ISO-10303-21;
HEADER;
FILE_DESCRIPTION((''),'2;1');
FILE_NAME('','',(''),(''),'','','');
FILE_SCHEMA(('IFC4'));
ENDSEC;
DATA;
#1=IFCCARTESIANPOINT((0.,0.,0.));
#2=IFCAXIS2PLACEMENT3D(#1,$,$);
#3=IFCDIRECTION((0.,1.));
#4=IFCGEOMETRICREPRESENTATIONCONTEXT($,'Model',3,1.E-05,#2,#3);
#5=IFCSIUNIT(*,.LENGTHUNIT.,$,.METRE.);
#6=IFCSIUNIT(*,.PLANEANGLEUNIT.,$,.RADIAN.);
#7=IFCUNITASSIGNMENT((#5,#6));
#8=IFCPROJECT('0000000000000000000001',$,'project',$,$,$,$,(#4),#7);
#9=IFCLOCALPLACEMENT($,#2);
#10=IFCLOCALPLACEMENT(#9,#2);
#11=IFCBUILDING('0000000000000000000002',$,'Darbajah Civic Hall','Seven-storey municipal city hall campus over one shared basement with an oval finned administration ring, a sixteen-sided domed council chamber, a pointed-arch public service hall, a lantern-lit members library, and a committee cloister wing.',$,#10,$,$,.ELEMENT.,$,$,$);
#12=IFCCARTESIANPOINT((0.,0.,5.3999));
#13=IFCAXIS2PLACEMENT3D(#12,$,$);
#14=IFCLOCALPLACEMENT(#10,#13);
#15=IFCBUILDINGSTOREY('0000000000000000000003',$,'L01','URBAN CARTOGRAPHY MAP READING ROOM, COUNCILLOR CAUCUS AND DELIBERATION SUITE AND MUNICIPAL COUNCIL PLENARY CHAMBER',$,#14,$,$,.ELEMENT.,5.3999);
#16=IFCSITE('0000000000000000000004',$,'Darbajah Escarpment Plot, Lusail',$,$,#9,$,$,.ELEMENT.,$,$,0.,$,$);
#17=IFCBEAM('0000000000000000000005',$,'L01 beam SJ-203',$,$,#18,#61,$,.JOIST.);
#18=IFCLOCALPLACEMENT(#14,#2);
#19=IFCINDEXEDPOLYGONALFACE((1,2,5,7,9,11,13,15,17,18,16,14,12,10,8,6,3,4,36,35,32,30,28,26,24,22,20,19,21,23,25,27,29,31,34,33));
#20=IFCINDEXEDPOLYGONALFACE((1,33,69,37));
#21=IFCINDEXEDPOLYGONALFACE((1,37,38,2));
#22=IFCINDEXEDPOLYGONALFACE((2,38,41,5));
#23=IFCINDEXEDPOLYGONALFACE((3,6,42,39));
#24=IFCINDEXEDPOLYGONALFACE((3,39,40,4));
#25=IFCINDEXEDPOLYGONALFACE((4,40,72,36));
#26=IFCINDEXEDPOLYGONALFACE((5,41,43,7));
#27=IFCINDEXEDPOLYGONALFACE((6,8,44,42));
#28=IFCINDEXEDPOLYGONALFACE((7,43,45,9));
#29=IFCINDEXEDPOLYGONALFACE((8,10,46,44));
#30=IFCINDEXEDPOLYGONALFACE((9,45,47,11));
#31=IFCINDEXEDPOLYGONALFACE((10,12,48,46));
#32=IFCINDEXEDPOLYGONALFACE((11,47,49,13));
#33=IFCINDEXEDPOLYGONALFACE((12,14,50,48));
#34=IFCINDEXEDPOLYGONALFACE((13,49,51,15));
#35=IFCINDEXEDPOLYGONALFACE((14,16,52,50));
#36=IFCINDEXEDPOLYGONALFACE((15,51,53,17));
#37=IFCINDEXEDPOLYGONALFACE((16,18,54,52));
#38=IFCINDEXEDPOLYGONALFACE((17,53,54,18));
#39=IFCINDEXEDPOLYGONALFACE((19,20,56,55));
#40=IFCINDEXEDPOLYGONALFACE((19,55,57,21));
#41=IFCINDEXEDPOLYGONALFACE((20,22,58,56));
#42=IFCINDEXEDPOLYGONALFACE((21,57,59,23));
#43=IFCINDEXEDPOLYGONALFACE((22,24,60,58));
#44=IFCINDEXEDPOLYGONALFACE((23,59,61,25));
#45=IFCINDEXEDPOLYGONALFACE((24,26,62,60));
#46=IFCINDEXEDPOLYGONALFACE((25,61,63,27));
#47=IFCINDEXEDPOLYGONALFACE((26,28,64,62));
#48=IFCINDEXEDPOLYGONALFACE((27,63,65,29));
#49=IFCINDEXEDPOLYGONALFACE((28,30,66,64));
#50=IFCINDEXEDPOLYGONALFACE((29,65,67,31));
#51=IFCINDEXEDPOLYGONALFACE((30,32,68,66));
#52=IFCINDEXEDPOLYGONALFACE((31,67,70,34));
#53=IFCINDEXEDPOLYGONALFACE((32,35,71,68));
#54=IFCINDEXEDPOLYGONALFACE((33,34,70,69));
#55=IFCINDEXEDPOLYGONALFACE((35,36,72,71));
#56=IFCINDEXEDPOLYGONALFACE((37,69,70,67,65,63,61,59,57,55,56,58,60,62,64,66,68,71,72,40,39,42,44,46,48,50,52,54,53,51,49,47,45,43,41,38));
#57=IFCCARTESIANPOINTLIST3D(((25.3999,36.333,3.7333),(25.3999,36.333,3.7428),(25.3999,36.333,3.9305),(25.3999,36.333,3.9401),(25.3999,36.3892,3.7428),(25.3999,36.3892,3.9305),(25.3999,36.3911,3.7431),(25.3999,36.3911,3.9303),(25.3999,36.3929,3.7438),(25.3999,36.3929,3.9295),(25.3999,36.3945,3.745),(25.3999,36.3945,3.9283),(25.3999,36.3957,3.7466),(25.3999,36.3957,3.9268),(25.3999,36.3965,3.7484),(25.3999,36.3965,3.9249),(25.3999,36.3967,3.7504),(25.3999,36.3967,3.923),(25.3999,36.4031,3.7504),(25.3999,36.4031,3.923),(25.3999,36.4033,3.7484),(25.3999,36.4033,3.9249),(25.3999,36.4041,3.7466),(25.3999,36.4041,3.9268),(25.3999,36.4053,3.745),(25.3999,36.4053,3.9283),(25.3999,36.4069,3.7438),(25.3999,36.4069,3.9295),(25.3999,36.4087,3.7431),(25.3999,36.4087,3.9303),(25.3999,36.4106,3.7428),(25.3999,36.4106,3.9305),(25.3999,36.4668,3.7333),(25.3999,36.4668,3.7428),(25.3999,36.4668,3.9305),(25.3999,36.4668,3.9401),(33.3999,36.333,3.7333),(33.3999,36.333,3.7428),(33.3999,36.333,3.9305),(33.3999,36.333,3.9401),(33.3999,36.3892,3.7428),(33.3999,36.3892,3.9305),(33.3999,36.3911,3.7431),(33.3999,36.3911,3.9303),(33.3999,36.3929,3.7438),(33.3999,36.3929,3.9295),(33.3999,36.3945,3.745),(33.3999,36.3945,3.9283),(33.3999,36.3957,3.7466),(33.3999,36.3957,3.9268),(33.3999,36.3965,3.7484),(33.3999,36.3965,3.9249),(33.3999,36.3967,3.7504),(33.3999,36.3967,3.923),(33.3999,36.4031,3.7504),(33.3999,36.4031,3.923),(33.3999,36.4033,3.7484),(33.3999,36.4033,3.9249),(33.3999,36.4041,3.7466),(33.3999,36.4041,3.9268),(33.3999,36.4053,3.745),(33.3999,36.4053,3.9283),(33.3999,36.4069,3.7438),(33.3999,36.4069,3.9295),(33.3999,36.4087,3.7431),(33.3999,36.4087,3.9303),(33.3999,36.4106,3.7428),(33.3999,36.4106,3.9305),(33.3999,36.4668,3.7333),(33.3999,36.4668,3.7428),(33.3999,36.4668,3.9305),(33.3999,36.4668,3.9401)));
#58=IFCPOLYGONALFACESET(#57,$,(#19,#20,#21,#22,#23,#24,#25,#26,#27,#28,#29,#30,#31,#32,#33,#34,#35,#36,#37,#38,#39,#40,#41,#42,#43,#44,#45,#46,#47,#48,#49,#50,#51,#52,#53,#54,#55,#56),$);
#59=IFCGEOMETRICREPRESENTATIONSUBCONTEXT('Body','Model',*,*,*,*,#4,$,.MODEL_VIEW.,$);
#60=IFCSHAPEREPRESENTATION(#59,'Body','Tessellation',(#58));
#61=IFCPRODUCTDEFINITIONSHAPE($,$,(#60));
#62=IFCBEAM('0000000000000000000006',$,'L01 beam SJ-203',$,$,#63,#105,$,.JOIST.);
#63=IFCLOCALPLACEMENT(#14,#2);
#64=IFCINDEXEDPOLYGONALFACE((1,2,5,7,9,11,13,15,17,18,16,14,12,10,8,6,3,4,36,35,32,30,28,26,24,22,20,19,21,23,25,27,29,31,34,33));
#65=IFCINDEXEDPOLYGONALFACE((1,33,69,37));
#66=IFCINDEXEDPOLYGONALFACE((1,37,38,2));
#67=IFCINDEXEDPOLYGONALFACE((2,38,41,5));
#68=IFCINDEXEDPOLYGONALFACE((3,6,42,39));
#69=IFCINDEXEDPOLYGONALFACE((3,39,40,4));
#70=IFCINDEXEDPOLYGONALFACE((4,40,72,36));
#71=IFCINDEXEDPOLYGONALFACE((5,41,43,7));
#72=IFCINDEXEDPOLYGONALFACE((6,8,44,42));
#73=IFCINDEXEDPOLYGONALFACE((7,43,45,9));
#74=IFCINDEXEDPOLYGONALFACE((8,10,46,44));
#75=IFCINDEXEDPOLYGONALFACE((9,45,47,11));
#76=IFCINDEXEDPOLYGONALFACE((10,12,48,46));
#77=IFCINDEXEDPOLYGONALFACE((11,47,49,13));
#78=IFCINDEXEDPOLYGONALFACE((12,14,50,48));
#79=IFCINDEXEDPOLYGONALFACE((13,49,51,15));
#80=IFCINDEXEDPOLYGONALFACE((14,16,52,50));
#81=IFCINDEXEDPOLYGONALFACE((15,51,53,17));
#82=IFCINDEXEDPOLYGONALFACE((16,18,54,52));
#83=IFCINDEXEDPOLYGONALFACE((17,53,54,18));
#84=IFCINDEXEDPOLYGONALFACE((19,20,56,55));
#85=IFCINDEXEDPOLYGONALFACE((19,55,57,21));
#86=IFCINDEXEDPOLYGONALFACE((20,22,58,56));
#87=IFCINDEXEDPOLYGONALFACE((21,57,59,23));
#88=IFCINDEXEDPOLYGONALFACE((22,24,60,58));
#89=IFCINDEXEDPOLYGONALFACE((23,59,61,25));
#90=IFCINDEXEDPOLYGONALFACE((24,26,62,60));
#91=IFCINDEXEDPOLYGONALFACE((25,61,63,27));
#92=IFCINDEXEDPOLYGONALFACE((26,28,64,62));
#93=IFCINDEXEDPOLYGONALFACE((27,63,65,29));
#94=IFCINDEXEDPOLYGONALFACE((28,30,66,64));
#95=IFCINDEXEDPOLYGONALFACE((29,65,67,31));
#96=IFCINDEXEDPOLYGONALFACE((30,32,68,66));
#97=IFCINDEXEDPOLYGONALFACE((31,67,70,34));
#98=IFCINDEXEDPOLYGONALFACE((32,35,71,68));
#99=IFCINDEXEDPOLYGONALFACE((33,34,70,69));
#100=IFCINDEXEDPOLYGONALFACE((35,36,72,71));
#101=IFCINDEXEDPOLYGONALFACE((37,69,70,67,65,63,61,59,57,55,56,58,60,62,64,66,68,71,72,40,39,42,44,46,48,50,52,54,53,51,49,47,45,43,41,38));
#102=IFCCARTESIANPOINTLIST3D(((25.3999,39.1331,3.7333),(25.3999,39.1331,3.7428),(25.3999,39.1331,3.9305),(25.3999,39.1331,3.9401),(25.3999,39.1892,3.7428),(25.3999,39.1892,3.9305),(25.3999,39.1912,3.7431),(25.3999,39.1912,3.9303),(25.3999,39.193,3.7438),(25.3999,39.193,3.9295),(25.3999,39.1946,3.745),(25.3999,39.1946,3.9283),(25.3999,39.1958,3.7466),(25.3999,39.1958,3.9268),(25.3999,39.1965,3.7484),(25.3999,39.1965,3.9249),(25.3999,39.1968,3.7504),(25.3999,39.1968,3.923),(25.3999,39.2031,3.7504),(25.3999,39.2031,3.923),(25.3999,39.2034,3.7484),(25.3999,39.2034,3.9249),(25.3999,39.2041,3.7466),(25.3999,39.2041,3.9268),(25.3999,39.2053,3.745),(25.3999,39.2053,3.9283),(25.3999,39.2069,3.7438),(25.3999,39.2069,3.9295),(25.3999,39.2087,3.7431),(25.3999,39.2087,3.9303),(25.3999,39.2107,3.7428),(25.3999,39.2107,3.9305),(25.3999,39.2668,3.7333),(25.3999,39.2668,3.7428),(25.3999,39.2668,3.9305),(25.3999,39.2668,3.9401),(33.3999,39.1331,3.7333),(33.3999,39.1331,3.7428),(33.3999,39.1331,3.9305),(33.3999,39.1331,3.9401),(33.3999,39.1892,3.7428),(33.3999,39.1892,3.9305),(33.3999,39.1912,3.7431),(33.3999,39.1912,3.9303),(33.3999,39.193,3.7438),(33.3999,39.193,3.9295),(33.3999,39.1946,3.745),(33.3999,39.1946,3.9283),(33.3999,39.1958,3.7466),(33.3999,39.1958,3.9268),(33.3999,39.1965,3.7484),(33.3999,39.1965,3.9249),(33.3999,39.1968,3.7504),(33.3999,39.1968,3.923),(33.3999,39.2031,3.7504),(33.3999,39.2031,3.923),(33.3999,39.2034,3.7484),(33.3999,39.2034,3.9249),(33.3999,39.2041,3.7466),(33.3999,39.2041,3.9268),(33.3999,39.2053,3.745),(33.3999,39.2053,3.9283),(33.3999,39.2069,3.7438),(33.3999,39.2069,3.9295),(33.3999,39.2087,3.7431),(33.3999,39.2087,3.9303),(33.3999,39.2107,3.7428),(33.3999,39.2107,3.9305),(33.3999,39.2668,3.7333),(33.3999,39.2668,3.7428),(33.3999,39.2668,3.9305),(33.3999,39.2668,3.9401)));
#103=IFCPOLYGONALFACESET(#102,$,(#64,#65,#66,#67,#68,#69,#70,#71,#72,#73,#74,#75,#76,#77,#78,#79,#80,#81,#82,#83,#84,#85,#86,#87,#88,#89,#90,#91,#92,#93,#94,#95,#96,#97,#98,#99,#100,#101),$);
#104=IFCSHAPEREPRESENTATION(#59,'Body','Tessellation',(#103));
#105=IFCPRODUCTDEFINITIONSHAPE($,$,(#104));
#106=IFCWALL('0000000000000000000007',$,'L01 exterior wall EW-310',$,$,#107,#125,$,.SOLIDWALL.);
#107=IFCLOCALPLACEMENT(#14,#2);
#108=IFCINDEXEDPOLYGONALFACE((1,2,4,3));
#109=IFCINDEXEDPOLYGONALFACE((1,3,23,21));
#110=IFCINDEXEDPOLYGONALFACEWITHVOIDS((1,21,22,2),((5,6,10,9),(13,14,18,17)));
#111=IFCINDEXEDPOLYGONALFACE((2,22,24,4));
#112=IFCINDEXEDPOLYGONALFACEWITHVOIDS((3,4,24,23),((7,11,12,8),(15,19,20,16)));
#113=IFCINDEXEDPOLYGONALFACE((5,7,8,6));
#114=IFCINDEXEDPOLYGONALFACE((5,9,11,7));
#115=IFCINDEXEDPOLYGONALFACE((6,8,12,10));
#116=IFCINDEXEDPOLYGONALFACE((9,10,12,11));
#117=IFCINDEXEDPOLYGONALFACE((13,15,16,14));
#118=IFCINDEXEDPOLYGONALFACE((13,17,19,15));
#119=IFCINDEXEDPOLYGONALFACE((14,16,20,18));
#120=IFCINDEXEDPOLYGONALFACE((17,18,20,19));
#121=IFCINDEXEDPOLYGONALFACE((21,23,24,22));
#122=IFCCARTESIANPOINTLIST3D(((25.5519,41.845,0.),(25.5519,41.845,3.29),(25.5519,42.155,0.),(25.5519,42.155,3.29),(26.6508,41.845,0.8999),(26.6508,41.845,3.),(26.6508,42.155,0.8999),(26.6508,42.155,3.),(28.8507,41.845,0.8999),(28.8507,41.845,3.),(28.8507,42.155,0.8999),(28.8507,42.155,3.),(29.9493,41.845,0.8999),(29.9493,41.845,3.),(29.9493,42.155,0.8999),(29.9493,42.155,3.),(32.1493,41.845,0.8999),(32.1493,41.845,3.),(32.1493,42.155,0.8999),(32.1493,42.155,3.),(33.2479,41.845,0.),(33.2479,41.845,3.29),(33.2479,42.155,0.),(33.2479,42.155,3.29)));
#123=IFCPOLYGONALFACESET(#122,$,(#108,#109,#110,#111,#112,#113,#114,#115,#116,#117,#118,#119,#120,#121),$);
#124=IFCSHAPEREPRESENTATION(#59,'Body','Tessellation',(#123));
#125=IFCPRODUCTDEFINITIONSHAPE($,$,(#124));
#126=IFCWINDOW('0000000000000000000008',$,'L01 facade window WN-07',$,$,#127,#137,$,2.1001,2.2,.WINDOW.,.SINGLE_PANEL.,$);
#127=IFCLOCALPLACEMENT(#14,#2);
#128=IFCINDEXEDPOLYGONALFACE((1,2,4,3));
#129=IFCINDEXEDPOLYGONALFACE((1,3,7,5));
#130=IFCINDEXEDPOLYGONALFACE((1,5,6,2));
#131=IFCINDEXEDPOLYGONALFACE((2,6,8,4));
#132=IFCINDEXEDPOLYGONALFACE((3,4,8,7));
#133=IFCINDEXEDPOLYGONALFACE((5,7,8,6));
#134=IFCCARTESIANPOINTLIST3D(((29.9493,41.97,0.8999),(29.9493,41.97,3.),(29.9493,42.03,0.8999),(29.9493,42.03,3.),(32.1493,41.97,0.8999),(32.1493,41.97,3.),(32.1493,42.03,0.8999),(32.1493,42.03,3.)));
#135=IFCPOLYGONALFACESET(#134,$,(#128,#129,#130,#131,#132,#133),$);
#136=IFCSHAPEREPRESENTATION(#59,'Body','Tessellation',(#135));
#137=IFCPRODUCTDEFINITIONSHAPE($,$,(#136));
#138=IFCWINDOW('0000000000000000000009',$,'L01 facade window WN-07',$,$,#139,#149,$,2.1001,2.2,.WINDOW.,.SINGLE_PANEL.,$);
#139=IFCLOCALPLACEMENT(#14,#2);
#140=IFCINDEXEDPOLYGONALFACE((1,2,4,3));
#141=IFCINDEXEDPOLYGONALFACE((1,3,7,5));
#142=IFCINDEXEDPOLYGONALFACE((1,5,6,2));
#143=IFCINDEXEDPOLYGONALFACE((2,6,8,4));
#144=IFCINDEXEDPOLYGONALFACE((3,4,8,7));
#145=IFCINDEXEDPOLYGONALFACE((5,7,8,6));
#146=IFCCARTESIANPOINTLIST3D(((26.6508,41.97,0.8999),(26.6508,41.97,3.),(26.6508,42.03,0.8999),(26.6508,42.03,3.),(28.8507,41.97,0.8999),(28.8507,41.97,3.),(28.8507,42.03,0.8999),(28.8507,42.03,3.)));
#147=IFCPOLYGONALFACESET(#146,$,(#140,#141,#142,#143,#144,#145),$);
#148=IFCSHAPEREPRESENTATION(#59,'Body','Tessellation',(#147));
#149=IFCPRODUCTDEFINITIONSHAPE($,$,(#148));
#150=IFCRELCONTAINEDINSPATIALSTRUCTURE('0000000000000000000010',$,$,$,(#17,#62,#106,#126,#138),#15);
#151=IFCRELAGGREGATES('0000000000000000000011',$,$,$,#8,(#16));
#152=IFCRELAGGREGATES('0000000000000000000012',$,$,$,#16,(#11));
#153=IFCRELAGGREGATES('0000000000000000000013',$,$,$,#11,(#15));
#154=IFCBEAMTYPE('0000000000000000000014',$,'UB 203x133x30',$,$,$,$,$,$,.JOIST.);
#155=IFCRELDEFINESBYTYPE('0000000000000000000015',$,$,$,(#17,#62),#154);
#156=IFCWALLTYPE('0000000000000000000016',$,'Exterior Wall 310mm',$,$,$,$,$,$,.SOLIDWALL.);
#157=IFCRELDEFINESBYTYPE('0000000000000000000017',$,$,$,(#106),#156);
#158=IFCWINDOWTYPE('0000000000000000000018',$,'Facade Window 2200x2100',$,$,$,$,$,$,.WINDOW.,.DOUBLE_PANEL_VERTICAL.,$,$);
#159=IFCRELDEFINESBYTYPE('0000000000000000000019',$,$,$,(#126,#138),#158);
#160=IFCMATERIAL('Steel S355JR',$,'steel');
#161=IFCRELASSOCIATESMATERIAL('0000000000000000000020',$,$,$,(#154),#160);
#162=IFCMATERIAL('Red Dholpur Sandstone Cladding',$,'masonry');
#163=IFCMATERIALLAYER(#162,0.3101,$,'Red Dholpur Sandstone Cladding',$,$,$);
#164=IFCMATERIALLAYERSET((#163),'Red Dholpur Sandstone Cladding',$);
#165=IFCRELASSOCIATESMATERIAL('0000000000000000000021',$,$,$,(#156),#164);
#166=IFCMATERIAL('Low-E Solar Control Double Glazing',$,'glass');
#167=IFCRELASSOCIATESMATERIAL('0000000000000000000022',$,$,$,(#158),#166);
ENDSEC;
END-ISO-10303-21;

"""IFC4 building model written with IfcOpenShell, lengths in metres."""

from ifc_helpers import new_model, si_unit, direction, frame, frame_2d, origin, origin_2d, place, context, subcontext, project, spatial, rectangle, i_section, extrude, material, layer, layer_set, material_profile, profile_set, type_object, element, fill, save


model = new_model("IFC4")

# Units and contexts
model_context = context("Model", 3, precision=1e-05, world=origin(), true_north=direction((0.0, 1.0)))
body_context = subcontext(model_context, "Body", "Model", "MODEL_VIEW")
ifc_project = project(units=[si_unit("LENGTHUNIT", "METRE"), si_unit("PLANEANGLEUNIT", "RADIAN")], contexts=[model_context])

# Site, building, storey
site_placement = place(None, origin())
site = spatial("IfcSite", under=ifc_project, at=site_placement, Name="Darbajah Escarpment Plot, Lusail", CompositionType="ELEMENT", RefElevation=0.0)
building_placement = place(site_placement, origin())
building = spatial("IfcBuilding", under=site, at=building_placement, Name="Darbajah Civic Hall", Description="Seven-storey municipal city hall campus over one shared basement with an oval finned administration ring, a sixteen-sided domed council chamber, a pointed-arch public service hall, a lantern-lit members library, and a committee cloister wing.", CompositionType="ELEMENT")
storey_placement = place(building_placement, frame((0.0, 0.0, 5.3999)))
storey = spatial("IfcBuildingStorey", under=building, at=storey_placement, Name="L01", Description="URBAN CARTOGRAPHY MAP READING ROOM, COUNCILLOR CAUCUS AND DELIBERATION SUITE AND MUNICIPAL COUNCIL PLENARY CHAMBER", CompositionType="ELEMENT", Elevation=5.3999)

# Beams
ifc_material_1 = material(Name="Steel S355JR", Category="steel")
ifc_material_profile_1 = material_profile(ifc_material_1, i_section(OverallWidth=0.1338, OverallDepth=0.2068, WebThickness=0.0063, FlangeThickness=0.0095, FilletRadius=0.0076, at=origin_2d()), Name="UB 203x133x30")
ifc_profile_set_1 = profile_set([ifc_material_profile_1], Name="Steel S355JR")
beam_type_1 = type_object("IfcBeamType", Name="UB 203x133x30", PredefinedType="JOIST", material=ifc_profile_set_1)
for number, where, z_axis, x_axis, name in (
    (1, (25.3999, 36.3999, 3.8367), (1.0, 0.0, 0.0), (0.0, 1.0, 0.0), "L01 beam SJ-203"),
    (2, (25.3999, 39.2, 3.8367), (1.0, 0.0, 0.0), (0.0, 1.0, 0.0), "L01 beam SJ-203"),
):
    element("IfcBeam", number, at=place(storey_placement, frame(where, z_axis=z_axis, x_axis=x_axis)), inside=storey, type_object=beam_type_1, Name=name, PredefinedType="JOIST", context=body_context, shape_type="SweptSolid", body=[
        extrude(i_section(OverallWidth=0.1338, OverallDepth=0.2068, WebThickness=0.0063, FlangeThickness=0.0095, FilletRadius=0.0076, at=origin_2d()), origin(), (0.0, 0.0, 1.0), 8.0),
    ])

# Wall, openings, windows
ifc_material_2 = material(Name="Red Dholpur Sandstone Cladding", Category="masonry")
ifc_layer = layer(ifc_material_2, 0.3101, Name="Red Dholpur Sandstone Cladding")
ifc_layer_set = layer_set([ifc_layer], Name="Red Dholpur Sandstone Cladding")
wall_type = type_object("IfcWallType", Name="Exterior Wall 310mm", PredefinedType="SOLIDWALL", material=ifc_layer_set)
wall_1_placement = place(storey_placement, frame((33.248, 42.0, 0.0), z_axis=(0.0, 0.0, 1.0), x_axis=(-1.0, 0.0, 0.0)))
wall_1 = element("IfcWall", 3, at=wall_1_placement, inside=storey, type_object=wall_type, Name="L01 exterior wall EW-310", PredefinedType="SOLIDWALL", context=body_context, shape_type="SweptSolid", body=[
    extrude(rectangle(XDim=7.696, YDim=0.3101, at=frame_2d((3.8481, 0.0))), origin(), (0.0, 0.0, 1.0), 3.29),
])
opening_1_placement = place(wall_1_placement, frame((1.0986, 0.0, 0.8999)))
opening_1 = element("IfcOpeningElement", 4, at=opening_1_placement, cuts=wall_1, PredefinedType="OPENING", context=body_context, shape_type="SweptSolid", body=[
    extrude(rectangle(XDim=2.2, YDim=2.1001, at=frame_2d((1.1001, 1.05))), frame((0.0, 0.165, 0.0), z_axis=(0.0, -1.0, 0.0), x_axis=(1.0, 0.0, 0.0)), (0.0, 0.0, 1.0), 0.3301),
])
opening_2_placement = place(wall_1_placement, frame((4.3972, 0.0, 0.8999)))
opening_2 = element("IfcOpeningElement", 5, at=opening_2_placement, cuts=wall_1, PredefinedType="OPENING", context=body_context, shape_type="SweptSolid", body=[
    extrude(rectangle(XDim=2.2, YDim=2.1001, at=frame_2d((1.1001, 1.05))), frame((0.0, 0.165, 0.0), z_axis=(0.0, -1.0, 0.0), x_axis=(1.0, 0.0, 0.0)), (0.0, 0.0, 1.0), 0.3301),
])
ifc_material_3 = material(Name="Low-E Solar Control Double Glazing", Category="glass")
window_type_1 = type_object("IfcWindowType", Name="Facade Window 2200x2100", PartitioningType="DOUBLE_PANEL_VERTICAL", PredefinedType="WINDOW", material=ifc_material_3)
window_1_placement = place(opening_1_placement, origin())
window_1 = element("IfcWindow", 6, at=window_1_placement, inside=storey, type_object=window_type_1, Name="L01 facade window WN-07", OverallHeight=2.1001, OverallWidth=2.2, PartitioningType="SINGLE_PANEL", PredefinedType="WINDOW", context=body_context, shape_type="SweptSolid", body=[
    extrude(rectangle(XDim=2.2, YDim=2.1001, at=frame_2d((1.1001, 1.05))), frame((0.0, 0.03, 0.0), z_axis=(0.0, -1.0, 0.0), x_axis=(1.0, 0.0, 0.0)), (0.0, 0.0, 1.0), 0.0601),
])
fill(opening_1, window_1)
window_2_placement = place(opening_2_placement, origin())
window_2 = element("IfcWindow", 7, at=window_2_placement, inside=storey, type_object=window_type_1, Name="L01 facade window WN-07", OverallHeight=2.1001, OverallWidth=2.2, PartitioningType="SINGLE_PANEL", PredefinedType="WINDOW", context=body_context, shape_type="SweptSolid", body=[
    extrude(rectangle(XDim=2.2, YDim=2.1001, at=frame_2d((1.1001, 1.05))), frame((0.0, 0.03, 0.0), z_axis=(0.0, -1.0, 0.0), x_axis=(1.0, 0.0, 0.0)), (0.0, 0.0, 1.0), 0.0601),
])
fill(opening_2, window_2)

save(model, "model.ifc")
